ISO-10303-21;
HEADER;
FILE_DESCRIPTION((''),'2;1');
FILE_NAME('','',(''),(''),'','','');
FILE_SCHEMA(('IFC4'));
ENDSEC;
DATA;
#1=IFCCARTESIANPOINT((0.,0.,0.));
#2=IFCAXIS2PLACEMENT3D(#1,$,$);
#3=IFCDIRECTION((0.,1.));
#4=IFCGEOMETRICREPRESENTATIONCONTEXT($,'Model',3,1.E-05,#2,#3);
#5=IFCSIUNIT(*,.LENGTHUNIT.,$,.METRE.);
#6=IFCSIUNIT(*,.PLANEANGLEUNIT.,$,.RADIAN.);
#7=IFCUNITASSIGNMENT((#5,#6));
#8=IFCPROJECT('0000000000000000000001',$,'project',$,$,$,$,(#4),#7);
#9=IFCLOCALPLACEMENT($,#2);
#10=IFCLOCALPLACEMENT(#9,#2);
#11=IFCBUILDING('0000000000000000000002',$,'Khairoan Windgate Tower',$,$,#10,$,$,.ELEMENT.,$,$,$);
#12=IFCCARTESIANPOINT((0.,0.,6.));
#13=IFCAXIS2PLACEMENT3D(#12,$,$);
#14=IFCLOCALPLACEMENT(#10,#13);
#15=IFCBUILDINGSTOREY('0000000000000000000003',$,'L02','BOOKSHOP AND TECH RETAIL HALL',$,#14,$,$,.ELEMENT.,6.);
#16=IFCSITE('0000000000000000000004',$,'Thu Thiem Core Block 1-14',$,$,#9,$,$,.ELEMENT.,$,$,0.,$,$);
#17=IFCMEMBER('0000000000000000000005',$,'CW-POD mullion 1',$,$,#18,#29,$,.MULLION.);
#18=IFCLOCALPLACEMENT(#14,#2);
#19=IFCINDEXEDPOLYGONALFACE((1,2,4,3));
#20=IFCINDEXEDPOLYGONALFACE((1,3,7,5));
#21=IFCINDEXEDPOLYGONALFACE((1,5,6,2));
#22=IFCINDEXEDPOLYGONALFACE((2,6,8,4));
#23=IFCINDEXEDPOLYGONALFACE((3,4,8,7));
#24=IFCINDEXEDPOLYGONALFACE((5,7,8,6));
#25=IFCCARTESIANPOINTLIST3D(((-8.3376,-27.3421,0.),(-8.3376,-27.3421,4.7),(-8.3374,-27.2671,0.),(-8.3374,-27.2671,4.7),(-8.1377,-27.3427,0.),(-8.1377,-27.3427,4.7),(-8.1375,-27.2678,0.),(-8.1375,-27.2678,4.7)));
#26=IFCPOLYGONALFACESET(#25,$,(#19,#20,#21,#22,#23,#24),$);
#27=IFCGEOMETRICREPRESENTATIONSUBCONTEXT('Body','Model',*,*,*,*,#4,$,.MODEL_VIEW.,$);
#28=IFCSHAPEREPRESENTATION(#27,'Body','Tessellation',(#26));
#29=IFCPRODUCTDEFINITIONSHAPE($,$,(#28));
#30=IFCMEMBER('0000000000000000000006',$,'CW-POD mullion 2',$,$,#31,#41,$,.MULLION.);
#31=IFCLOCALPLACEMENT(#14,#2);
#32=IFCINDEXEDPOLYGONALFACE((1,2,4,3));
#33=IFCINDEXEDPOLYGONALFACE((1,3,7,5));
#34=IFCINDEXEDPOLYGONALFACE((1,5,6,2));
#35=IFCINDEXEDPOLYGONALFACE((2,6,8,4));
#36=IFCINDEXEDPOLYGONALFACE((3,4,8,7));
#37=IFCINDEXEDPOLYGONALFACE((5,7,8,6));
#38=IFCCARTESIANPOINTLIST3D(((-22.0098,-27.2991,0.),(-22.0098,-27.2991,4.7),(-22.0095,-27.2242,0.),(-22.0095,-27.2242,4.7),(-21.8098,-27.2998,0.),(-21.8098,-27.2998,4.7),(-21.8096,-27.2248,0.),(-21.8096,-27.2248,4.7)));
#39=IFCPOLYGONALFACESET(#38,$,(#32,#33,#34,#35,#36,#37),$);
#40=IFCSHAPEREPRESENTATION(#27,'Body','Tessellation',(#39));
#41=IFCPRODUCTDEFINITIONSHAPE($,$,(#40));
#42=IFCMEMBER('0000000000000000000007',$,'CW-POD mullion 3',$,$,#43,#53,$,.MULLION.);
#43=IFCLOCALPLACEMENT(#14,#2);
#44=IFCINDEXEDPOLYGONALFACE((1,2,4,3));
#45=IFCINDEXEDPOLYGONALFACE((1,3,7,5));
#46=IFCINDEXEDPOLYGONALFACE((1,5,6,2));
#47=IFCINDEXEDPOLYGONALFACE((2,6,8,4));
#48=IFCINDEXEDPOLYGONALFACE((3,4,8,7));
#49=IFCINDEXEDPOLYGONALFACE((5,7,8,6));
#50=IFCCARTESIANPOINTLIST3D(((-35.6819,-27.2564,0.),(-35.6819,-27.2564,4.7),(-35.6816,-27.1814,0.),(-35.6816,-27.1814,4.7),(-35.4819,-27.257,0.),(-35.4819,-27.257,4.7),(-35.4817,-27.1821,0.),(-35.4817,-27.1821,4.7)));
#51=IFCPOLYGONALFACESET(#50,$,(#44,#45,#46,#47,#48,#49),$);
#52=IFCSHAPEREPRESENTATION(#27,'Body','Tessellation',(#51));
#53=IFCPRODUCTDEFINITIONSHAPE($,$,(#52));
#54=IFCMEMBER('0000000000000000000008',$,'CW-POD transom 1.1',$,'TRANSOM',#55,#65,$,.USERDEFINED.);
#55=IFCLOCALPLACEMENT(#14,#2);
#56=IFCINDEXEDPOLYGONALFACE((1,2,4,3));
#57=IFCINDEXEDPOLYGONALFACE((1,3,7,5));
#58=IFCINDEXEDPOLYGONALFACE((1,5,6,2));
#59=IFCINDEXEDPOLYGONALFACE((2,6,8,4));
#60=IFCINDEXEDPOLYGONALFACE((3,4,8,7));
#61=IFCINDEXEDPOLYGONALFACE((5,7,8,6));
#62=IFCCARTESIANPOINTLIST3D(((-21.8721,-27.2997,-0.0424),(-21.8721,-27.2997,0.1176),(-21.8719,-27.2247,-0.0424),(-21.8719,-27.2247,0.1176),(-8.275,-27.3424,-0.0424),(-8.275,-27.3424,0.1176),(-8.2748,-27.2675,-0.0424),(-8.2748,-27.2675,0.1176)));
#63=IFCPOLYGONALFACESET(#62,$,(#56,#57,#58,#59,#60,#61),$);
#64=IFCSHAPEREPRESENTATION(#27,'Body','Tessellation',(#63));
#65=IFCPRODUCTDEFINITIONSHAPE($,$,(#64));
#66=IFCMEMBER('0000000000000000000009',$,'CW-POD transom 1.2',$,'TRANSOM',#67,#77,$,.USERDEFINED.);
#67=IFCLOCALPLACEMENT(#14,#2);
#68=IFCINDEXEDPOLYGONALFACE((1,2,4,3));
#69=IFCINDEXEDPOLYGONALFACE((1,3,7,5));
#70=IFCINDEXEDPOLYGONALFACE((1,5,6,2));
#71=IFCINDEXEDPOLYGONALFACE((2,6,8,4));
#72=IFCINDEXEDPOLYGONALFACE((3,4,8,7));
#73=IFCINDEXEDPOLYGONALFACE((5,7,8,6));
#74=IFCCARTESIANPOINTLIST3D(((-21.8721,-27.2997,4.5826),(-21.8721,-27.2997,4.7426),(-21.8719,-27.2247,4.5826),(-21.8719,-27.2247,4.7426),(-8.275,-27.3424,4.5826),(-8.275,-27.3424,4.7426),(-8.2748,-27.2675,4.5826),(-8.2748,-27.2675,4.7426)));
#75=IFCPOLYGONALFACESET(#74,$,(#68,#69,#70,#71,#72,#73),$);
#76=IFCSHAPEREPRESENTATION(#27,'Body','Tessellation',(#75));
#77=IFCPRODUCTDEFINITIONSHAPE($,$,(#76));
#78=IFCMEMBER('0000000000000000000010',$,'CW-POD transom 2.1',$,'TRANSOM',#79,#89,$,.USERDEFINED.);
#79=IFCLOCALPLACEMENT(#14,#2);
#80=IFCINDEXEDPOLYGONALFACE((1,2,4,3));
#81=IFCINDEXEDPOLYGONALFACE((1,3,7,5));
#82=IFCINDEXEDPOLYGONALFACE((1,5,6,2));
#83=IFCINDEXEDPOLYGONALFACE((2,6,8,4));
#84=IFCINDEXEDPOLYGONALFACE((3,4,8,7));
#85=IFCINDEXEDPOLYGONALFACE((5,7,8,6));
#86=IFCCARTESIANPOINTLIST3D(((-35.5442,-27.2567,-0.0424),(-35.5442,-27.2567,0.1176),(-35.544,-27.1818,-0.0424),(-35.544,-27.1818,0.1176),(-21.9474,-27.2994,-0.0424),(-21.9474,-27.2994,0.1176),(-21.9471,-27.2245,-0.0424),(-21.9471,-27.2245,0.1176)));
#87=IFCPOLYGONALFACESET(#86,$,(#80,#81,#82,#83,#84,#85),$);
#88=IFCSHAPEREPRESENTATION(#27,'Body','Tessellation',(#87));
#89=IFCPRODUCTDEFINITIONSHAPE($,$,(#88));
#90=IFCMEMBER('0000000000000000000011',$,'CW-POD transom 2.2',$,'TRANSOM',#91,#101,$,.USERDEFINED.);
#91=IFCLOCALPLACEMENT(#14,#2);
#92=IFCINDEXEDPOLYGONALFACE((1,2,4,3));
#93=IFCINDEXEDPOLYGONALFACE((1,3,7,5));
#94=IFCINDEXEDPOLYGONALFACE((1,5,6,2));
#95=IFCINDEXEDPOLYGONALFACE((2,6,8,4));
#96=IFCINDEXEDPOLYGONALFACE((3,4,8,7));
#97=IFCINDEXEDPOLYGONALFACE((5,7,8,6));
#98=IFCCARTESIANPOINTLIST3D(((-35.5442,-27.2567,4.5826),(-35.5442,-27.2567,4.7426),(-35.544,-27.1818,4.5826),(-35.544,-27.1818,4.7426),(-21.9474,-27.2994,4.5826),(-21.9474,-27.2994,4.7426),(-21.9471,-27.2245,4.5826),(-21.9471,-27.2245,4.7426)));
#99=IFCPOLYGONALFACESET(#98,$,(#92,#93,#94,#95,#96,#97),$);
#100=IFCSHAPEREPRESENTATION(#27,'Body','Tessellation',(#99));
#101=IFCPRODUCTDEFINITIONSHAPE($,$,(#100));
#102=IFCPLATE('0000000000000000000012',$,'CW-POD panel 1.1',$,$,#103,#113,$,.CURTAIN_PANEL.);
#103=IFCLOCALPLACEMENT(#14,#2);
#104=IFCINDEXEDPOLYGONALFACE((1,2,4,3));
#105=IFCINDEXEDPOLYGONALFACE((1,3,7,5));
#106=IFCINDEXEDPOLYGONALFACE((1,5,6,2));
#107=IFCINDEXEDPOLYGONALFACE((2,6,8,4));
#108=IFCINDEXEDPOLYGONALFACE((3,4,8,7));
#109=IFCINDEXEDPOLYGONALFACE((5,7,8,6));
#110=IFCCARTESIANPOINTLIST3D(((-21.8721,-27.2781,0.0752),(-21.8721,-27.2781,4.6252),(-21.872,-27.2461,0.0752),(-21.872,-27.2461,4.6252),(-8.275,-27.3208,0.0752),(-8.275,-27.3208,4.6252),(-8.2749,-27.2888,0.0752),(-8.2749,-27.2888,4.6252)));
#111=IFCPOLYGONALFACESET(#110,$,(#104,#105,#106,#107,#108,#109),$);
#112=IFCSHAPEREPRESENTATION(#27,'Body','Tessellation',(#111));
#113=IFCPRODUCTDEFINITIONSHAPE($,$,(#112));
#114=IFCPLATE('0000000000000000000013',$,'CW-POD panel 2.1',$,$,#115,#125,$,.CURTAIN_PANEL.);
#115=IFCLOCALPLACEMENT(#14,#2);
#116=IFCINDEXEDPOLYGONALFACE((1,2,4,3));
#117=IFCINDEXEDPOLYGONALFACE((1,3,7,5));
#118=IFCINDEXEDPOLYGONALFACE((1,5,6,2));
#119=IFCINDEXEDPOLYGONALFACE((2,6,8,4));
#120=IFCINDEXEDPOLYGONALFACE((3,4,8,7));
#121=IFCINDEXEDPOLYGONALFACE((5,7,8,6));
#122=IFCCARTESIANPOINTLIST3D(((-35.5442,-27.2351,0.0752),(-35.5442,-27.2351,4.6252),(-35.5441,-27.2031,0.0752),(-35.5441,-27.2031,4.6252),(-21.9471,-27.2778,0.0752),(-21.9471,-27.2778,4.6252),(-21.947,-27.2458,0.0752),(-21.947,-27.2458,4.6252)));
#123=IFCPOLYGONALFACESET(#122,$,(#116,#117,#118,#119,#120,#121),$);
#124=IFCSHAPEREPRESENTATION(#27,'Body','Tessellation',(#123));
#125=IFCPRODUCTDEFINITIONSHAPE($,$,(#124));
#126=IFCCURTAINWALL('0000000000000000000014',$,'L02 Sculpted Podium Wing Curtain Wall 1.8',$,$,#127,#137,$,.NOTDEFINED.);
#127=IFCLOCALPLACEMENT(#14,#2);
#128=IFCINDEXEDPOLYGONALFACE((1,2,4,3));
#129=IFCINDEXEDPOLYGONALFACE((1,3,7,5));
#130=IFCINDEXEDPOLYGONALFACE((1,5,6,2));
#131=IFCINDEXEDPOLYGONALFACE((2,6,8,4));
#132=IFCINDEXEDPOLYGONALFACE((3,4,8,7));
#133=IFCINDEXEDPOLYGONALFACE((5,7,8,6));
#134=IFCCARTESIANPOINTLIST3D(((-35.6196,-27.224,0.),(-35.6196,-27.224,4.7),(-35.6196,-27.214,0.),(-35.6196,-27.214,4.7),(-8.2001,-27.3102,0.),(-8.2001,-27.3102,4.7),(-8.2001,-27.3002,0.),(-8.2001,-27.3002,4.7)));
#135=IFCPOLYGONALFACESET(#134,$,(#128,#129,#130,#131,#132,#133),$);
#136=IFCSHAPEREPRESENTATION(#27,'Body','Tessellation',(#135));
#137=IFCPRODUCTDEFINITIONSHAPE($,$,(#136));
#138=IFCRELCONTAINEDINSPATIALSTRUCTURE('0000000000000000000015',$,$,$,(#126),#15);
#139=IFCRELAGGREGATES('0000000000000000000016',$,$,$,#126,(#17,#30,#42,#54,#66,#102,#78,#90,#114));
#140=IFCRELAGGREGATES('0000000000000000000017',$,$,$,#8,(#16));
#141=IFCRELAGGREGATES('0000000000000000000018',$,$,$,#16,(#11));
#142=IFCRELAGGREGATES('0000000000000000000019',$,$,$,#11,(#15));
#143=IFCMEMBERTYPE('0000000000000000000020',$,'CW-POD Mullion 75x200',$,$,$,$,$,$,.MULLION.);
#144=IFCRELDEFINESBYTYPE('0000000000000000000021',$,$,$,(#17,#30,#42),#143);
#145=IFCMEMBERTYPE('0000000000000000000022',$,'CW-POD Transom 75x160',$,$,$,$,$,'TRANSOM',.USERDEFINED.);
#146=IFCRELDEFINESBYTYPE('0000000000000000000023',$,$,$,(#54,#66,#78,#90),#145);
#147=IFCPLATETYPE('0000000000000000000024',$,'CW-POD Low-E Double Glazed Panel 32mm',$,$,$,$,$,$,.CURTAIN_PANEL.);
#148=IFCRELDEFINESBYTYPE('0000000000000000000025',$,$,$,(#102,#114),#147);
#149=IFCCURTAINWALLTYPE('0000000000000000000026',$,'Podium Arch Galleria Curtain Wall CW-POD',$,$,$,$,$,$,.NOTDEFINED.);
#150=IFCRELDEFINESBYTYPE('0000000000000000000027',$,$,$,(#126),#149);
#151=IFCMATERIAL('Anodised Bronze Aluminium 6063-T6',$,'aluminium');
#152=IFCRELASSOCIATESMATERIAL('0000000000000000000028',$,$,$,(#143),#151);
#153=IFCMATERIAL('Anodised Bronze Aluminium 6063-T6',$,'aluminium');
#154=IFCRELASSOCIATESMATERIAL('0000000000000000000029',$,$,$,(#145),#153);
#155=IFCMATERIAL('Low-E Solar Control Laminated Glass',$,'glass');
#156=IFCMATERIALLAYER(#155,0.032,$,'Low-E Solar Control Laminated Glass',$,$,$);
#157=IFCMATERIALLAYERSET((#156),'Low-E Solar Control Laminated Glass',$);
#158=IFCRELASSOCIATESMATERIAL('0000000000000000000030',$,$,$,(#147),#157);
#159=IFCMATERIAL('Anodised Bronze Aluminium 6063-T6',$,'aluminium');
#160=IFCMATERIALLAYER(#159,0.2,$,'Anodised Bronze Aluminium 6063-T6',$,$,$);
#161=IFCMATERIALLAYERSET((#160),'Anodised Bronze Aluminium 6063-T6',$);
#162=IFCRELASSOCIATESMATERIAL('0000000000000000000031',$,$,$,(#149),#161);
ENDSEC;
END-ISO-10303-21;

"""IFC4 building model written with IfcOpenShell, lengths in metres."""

from ifc_helpers import new_model, si_unit, direction, frame, frame_2d, origin, origin_2d, place, context, subcontext, project, spatial, rectangle, extrude, material, layer, layer_set, material_profile, profile_set, type_object, element, aggregate, save


model = new_model("IFC4")

# Units and contexts
model_context = context("Model", 3, precision=1e-05, world=origin(), true_north=direction((0.0, 1.0)))
body_context = subcontext(model_context, "Body", "Model", "MODEL_VIEW")
ifc_project = project(units=[si_unit("LENGTHUNIT", "METRE"), si_unit("PLANEANGLEUNIT", "RADIAN")], contexts=[model_context])

# Site, building, storey
site_placement = place(None, origin())
site = spatial("IfcSite", under=ifc_project, at=site_placement, Name="Thu Thiem Core Block 1-14", CompositionType="ELEMENT", RefElevation=0.0)
building_placement = place(site_placement, origin())
building = spatial("IfcBuilding", under=site, at=building_placement, Name="Khairoan Windgate Tower", CompositionType="ELEMENT")
storey_placement = place(building_placement, frame((0.0, 0.0, 6.0)))
storey = spatial("IfcBuildingStorey", under=building, at=storey_placement, Name="L02", Description="BOOKSHOP AND TECH RETAIL HALL", CompositionType="ELEMENT", Elevation=6.0)

# Members
ifc_material_1 = material(Name="Anodised Bronze Aluminium 6063-T6", Category="aluminium")
ifc_material_profile_1 = material_profile(ifc_material_1, rectangle(XDim=0.075, YDim=0.2, at=origin_2d()))
ifc_profile_set_1 = profile_set([ifc_material_profile_1], Name="Anodised Bronze Aluminium 6063-T6")
member_type_1 = type_object("IfcMemberType", Name="CW-POD Mullion 75x200", PredefinedType="MULLION", material=ifc_profile_set_1)
member_1_placement = place(storey_placement, frame((-8.2375, -27.3049, 0.0), z_axis=(0.0, 0.0, 1.0), x_axis=(-0.00314, -0.999995, 0.0)))
member_1 = element("IfcMember", 1, at=member_1_placement, type_object=member_type_1, Name="CW-POD mullion 1", PredefinedType="MULLION", context=body_context, shape_type="SweptSolid", body=[
    extrude(rectangle(XDim=0.075, YDim=0.2, at=origin_2d()), origin(), (0.0, 0.0, 1.0), 4.7),
])
member_2_placement = place(storey_placement, frame((-21.9097, -27.262, 0.0), z_axis=(0.0, 0.0, 1.0), x_axis=(-0.00314, -0.999995, 0.0)))
member_2 = element("IfcMember", 2, at=member_2_placement, type_object=member_type_1, Name="CW-POD mullion 2", PredefinedType="MULLION", context=body_context, shape_type="SweptSolid", body=[
    extrude(rectangle(XDim=0.075, YDim=0.2, at=origin_2d()), origin(), (0.0, 0.0, 1.0), 4.7),
])
member_3_placement = place(storey_placement, frame((-35.5818, -27.2192, 0.0), z_axis=(0.0, 0.0, 1.0), x_axis=(-0.00314, -0.999995, 0.0)))
member_3 = element("IfcMember", 3, at=member_3_placement, type_object=member_type_1, Name="CW-POD mullion 3", PredefinedType="MULLION", context=body_context, shape_type="SweptSolid", body=[
    extrude(rectangle(XDim=0.075, YDim=0.2, at=origin_2d()), origin(), (0.0, 0.0, 1.0), 4.7),
])
ifc_material_2 = material(Name="Anodised Bronze Aluminium 6063-T6", Category="aluminium")
ifc_material_profile_2 = material_profile(ifc_material_2, rectangle(XDim=0.075, YDim=0.1599, at=origin_2d()))
ifc_profile_set_2 = profile_set([ifc_material_profile_2], Name="Anodised Bronze Aluminium 6063-T6")
member_type_2 = type_object("IfcMemberType", Name="CW-POD Transom 75x160", ElementType="TRANSOM", PredefinedType="USERDEFINED", material=ifc_profile_set_2)
member_4_placement = place(storey_placement, frame((-8.2749, -27.3049, 0.0376), z_axis=(-0.999995, 0.003142, 0.0), x_axis=(-0.003142, -0.999995, 0.0)))
member_4 = element("IfcMember", 4, at=member_4_placement, type_object=member_type_2, Name="CW-POD transom 1.1", ObjectType="TRANSOM", PredefinedType="USERDEFINED", context=body_context, shape_type="SweptSolid", body=[
    extrude(rectangle(XDim=0.075, YDim=0.1599, at=origin_2d()), origin(), (0.0, 0.0, 1.0), 13.5972),
])
member_5_placement = place(storey_placement, frame((-8.2749, -27.3049, 4.6626), z_axis=(-0.999995, 0.003142, 0.0), x_axis=(-0.003142, -0.999995, 0.0)))
member_5 = element("IfcMember", 5, at=member_5_placement, type_object=member_type_2, Name="CW-POD transom 1.2", ObjectType="TRANSOM", PredefinedType="USERDEFINED", context=body_context, shape_type="SweptSolid", body=[
    extrude(rectangle(XDim=0.075, YDim=0.1599, at=origin_2d()), origin(), (0.0, 0.0, 1.0), 13.5972),
])
member_6_placement = place(storey_placement, frame((-21.9473, -27.262, 0.0376), z_axis=(-0.999995, 0.003142, 0.0), x_axis=(-0.003142, -0.999995, 0.0)))
member_6 = element("IfcMember", 6, at=member_6_placement, type_object=member_type_2, Name="CW-POD transom 2.1", ObjectType="TRANSOM", PredefinedType="USERDEFINED", context=body_context, shape_type="SweptSolid", body=[
    extrude(rectangle(XDim=0.075, YDim=0.1599, at=origin_2d()), origin(), (0.0, 0.0, 1.0), 13.5969),
])
member_7_placement = place(storey_placement, frame((-21.9473, -27.262, 4.6626), z_axis=(-0.999995, 0.003142, 0.0), x_axis=(-0.003142, -0.999995, 0.0)))
member_7 = element("IfcMember", 7, at=member_7_placement, type_object=member_type_2, Name="CW-POD transom 2.2", ObjectType="TRANSOM", PredefinedType="USERDEFINED", context=body_context, shape_type="SweptSolid", body=[
    extrude(rectangle(XDim=0.075, YDim=0.1599, at=origin_2d()), origin(), (0.0, 0.0, 1.0), 13.5969),
])

# Plates
ifc_material_3 = material(Name="Low-E Solar Control Laminated Glass", Category="glass")
ifc_layer_1 = layer(ifc_material_3, 0.032, Name="Low-E Solar Control Laminated Glass")
ifc_layer_set_1 = layer_set([ifc_layer_1], Name="Low-E Solar Control Laminated Glass")
plate_type_1 = type_object("IfcPlateType", Name="CW-POD Low-E Double Glazed Panel 32mm", PredefinedType="CURTAIN_PANEL", material=ifc_layer_set_1)
plate_1_placement = place(storey_placement, frame((-15.0735, -27.2834, 0.0752), z_axis=(0.0, 0.0, 1.0), x_axis=(-0.999995, 0.00314, 0.0)))
plate_1 = element("IfcPlate", 8, at=plate_1_placement, type_object=plate_type_1, Name="CW-POD panel 1.1", PredefinedType="CURTAIN_PANEL", context=body_context, shape_type="SweptSolid", body=[
    extrude(rectangle(XDim=13.5972, YDim=0.032, at=origin_2d()), origin(), (0.0, 0.0, 1.0), 4.55),
])
plate_2_placement = place(storey_placement, frame((-28.7456, -27.2405, 0.0752), z_axis=(0.0, 0.0, 1.0), x_axis=(-0.999995, 0.00314, 0.0)))
plate_2 = element("IfcPlate", 9, at=plate_2_placement, type_object=plate_type_1, Name="CW-POD panel 2.1", PredefinedType="CURTAIN_PANEL", context=body_context, shape_type="SweptSolid", body=[
    extrude(rectangle(XDim=13.5972, YDim=0.032, at=origin_2d()), origin(), (0.0, 0.0, 1.0), 4.55),
])

# Curtain wall
ifc_material_4 = material(Name="Anodised Bronze Aluminium 6063-T6", Category="aluminium")
ifc_layer_2 = layer(ifc_material_4, 0.2, Name="Anodised Bronze Aluminium 6063-T6")
ifc_layer_set_2 = layer_set([ifc_layer_2], Name="Anodised Bronze Aluminium 6063-T6")
curtain_wall_type = type_object("IfcCurtainWallType", Name="Podium Arch Galleria Curtain Wall CW-POD", PredefinedType="NOTDEFINED", material=ifc_layer_set_2)
curtain_wall_placement = place(storey_placement, frame((-8.2, -27.3052, 0.0), z_axis=(0.0, 0.0, 1.0), x_axis=(-0.999995, 0.003143, 0.0)))
curtain_wall = element("IfcCurtainWall", 10, at=curtain_wall_placement, inside=storey, type_object=curtain_wall_type, Name="L02 Sculpted Podium Wing Curtain Wall 1.8", PredefinedType="NOTDEFINED", context=body_context, shape_type="SweptSolid", body=[
    extrude(rectangle(XDim=27.4197, YDim=0.01, at=frame_2d((13.71, 0.0))), origin(), (0.0, 0.0, 1.0), 4.7),
])
aggregate(curtain_wall, [member_1, member_2, member_3, member_4, member_5, plate_1, member_6, member_7, plate_2])

save(model, "model.ifc")
